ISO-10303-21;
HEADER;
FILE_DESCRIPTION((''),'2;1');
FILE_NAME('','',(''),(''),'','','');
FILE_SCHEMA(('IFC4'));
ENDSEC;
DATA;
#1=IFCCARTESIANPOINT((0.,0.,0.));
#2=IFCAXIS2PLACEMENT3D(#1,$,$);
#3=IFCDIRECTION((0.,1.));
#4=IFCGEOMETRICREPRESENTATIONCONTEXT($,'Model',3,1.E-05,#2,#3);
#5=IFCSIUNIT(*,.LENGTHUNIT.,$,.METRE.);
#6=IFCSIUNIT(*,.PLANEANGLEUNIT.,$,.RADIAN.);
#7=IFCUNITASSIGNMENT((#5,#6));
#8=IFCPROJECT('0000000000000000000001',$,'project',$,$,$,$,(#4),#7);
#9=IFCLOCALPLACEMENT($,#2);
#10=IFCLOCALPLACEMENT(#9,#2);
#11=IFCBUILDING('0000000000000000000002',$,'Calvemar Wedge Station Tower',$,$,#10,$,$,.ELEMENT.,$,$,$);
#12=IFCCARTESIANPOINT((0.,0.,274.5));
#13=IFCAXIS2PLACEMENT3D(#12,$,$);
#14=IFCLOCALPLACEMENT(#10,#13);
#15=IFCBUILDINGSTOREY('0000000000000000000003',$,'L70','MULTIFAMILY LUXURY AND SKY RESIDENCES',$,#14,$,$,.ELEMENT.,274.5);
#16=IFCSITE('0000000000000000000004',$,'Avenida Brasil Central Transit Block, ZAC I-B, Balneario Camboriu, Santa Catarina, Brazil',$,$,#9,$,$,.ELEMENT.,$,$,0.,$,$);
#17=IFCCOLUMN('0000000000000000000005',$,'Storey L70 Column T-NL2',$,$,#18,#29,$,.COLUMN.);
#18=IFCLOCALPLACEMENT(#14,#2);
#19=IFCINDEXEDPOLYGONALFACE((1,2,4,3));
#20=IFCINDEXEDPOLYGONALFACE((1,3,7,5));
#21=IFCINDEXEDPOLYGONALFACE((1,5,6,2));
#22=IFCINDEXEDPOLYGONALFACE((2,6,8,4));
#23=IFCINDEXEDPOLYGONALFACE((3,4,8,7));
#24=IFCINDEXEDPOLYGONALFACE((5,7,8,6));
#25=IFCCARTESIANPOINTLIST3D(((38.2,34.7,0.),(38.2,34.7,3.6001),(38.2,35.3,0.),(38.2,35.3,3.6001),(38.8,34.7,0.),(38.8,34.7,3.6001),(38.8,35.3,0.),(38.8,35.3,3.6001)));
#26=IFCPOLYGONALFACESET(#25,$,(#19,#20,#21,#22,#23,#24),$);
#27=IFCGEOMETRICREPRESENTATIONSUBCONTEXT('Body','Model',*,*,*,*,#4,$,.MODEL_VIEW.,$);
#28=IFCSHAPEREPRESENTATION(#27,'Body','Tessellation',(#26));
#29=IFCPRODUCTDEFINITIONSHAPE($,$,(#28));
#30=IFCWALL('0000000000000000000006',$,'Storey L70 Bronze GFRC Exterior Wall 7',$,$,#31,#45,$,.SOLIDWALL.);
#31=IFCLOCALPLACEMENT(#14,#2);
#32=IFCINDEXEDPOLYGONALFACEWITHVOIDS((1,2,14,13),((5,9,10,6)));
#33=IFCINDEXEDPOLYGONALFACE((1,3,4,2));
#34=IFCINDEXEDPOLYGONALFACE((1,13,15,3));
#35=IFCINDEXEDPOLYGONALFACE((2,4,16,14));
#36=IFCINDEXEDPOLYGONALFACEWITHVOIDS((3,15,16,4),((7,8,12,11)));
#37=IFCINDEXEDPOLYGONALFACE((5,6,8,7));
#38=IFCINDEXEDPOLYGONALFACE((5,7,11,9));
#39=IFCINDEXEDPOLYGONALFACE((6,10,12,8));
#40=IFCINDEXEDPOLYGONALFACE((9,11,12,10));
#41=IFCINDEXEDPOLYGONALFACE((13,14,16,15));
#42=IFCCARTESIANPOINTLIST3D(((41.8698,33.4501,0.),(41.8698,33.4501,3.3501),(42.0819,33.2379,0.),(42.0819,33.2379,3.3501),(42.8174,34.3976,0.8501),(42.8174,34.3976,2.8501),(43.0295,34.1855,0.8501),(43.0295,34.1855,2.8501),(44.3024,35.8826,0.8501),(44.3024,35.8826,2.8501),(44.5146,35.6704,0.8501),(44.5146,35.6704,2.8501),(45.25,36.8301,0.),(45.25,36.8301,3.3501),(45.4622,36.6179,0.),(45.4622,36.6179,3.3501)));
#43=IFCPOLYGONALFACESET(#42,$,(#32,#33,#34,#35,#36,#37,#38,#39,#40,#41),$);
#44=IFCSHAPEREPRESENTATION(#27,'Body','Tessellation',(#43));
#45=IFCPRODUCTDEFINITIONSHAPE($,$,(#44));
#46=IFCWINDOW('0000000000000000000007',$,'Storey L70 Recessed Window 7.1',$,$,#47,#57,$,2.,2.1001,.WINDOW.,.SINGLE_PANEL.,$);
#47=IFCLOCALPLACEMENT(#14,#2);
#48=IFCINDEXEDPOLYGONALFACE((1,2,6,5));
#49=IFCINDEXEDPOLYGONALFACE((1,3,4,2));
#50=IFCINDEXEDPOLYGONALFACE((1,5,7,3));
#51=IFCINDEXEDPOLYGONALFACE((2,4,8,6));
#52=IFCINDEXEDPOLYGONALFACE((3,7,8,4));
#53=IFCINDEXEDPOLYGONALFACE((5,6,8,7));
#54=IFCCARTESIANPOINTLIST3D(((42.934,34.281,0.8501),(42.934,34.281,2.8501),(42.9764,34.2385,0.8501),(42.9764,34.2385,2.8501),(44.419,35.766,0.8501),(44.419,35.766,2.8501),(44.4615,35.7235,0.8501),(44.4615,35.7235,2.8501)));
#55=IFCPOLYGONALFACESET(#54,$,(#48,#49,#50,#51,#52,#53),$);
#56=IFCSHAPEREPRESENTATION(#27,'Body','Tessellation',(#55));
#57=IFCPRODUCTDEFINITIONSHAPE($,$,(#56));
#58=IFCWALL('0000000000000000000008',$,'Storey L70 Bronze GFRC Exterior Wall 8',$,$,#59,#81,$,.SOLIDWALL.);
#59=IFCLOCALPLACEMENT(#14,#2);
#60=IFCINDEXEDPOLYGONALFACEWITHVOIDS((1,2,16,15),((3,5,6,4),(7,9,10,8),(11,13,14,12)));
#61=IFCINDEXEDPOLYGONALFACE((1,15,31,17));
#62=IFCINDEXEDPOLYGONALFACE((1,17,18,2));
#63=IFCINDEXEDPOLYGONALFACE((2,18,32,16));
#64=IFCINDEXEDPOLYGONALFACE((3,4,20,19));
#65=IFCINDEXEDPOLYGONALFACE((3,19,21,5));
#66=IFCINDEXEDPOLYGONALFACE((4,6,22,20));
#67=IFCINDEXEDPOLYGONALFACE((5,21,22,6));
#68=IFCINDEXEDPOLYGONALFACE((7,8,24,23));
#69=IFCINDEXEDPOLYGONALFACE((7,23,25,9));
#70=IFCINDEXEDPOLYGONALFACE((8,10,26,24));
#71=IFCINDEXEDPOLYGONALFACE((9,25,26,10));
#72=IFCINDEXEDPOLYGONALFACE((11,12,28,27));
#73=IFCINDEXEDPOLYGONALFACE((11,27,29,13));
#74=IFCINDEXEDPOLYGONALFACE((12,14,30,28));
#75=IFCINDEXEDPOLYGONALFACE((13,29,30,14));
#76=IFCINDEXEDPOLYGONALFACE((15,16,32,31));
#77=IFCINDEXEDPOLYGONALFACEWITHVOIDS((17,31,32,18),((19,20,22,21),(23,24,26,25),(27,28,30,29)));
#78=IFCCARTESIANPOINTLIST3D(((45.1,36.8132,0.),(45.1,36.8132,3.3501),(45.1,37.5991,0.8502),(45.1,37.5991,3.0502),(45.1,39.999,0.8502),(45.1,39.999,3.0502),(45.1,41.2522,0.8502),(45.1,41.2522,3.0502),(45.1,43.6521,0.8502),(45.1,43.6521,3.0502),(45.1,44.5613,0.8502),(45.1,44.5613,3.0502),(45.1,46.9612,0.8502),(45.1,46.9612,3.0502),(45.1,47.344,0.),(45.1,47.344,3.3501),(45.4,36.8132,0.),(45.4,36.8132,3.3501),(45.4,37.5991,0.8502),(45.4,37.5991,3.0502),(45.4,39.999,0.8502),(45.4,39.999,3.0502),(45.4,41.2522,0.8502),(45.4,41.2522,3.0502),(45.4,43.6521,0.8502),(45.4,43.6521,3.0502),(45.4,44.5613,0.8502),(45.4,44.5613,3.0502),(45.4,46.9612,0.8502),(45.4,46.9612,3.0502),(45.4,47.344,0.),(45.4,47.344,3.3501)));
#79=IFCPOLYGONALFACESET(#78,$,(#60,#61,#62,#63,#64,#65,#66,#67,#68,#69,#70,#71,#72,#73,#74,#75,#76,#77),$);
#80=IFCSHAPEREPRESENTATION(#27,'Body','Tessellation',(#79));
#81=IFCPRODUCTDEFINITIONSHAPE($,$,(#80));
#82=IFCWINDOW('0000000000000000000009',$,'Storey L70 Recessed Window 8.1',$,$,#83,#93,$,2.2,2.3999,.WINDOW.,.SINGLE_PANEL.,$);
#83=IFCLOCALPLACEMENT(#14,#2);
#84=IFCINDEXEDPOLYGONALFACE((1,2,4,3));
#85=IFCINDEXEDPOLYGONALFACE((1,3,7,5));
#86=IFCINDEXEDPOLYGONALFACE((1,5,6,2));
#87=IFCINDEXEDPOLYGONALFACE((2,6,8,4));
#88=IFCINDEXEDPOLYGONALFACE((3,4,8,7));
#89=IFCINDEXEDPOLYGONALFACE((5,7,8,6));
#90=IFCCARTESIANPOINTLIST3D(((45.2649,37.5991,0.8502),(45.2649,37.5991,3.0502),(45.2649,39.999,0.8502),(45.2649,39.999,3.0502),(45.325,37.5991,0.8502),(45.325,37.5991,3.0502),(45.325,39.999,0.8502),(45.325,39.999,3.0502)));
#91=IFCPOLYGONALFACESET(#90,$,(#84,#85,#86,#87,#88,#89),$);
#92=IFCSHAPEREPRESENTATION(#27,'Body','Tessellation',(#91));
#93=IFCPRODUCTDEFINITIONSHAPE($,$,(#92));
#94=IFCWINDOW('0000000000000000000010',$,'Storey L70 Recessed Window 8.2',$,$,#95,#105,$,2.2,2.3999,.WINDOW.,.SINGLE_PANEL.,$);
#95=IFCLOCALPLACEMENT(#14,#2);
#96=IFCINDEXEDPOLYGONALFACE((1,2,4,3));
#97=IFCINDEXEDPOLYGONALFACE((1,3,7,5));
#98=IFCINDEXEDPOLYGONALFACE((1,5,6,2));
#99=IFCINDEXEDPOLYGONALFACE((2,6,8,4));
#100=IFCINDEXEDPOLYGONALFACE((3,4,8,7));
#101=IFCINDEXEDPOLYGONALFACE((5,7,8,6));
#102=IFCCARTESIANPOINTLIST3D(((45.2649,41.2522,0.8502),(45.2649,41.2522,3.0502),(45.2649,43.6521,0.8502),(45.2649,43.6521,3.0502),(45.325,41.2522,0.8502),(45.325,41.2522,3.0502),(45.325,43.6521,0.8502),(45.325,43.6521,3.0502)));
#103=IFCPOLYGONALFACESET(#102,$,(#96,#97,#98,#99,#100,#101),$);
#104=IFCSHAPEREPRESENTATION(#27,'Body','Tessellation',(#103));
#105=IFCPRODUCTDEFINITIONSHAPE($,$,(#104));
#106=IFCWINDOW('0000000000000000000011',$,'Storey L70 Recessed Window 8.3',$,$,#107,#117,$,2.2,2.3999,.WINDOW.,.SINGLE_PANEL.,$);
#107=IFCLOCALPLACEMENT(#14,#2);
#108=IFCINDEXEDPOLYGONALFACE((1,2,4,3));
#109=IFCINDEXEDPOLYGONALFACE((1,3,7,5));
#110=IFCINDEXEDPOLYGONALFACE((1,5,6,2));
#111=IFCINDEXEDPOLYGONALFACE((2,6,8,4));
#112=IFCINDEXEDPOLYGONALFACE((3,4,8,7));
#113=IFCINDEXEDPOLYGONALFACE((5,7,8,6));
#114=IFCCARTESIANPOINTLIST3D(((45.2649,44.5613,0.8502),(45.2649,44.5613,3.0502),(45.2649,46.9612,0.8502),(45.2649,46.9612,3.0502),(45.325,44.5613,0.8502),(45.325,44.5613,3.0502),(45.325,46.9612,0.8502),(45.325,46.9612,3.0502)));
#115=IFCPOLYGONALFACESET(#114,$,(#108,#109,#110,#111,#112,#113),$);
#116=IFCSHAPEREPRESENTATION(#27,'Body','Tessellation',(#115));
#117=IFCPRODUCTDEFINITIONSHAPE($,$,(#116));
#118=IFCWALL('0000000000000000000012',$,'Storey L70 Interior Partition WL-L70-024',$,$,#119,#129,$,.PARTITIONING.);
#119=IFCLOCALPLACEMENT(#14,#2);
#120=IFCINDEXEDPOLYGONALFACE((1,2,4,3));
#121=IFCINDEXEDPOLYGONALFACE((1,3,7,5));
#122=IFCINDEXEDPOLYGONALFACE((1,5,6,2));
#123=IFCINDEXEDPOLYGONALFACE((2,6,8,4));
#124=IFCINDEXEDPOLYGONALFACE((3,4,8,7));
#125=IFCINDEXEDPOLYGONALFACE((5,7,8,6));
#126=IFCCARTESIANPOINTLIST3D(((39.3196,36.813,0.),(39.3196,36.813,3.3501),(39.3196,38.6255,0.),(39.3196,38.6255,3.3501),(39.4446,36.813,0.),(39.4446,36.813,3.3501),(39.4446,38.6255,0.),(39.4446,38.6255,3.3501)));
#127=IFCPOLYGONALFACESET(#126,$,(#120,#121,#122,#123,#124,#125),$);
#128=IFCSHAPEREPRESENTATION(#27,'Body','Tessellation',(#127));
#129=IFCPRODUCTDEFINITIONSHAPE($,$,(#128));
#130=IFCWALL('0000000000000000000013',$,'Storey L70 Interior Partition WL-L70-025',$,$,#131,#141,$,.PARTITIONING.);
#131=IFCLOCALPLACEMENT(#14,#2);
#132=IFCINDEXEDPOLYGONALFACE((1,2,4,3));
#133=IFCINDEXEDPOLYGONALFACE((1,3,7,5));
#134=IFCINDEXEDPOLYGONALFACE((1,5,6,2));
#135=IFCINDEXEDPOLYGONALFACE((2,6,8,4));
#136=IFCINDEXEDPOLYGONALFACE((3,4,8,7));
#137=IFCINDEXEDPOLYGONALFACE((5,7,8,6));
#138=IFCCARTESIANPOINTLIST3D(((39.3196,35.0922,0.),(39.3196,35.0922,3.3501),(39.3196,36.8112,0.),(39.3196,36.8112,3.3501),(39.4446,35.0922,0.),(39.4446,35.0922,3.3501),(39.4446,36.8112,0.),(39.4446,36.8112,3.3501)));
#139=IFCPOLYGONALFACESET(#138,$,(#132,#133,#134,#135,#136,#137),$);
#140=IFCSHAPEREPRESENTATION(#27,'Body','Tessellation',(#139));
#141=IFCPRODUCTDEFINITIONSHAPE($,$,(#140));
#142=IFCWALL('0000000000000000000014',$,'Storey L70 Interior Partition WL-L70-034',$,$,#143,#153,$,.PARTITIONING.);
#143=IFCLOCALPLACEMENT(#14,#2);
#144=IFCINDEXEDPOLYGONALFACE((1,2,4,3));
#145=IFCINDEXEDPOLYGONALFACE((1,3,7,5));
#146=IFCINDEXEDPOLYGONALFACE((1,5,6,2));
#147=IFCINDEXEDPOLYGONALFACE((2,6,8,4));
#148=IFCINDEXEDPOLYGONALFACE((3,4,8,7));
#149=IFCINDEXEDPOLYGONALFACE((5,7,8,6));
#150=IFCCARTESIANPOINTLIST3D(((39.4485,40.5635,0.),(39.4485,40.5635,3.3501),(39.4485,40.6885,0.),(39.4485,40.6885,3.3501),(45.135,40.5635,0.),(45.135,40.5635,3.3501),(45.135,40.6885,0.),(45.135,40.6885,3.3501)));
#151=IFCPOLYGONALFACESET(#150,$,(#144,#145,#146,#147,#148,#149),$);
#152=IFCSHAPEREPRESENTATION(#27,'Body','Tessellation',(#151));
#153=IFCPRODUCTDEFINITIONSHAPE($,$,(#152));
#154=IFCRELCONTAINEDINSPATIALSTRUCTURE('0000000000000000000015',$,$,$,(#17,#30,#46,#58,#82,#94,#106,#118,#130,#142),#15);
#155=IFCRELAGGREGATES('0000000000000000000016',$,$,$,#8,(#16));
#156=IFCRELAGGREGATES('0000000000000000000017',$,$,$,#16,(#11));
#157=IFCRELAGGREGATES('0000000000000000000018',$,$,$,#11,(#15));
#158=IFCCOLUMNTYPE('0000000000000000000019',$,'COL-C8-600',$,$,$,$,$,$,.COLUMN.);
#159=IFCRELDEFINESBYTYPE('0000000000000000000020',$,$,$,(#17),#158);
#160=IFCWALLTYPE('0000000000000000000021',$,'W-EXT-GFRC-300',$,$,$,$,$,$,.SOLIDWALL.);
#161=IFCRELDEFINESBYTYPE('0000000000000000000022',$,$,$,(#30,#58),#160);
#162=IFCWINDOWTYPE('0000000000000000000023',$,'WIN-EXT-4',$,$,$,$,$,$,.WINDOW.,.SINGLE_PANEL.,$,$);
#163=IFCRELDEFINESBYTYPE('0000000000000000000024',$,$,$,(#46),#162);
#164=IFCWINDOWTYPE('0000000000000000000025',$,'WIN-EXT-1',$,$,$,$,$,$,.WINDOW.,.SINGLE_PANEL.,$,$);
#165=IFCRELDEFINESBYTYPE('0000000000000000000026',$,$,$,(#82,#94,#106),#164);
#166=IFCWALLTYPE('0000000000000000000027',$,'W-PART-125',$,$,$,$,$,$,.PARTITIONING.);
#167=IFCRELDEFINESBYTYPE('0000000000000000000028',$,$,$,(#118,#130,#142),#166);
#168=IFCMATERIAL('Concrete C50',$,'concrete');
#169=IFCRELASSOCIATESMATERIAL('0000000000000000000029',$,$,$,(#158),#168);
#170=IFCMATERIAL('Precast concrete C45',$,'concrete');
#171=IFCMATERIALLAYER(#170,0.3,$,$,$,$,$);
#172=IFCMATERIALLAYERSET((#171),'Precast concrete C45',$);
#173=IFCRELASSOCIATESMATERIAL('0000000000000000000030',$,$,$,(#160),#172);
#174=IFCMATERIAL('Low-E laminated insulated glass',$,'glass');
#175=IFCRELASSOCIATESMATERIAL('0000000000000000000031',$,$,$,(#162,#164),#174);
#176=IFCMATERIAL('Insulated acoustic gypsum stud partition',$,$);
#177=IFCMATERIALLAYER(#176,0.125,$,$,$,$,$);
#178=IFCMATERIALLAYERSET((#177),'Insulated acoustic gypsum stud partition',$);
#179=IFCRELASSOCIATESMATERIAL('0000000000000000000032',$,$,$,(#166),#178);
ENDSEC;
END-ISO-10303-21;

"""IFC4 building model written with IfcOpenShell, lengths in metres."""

from ifc_helpers import new_model, si_unit, direction, frame, frame_2d, origin, origin_2d, place, context, subcontext, project, spatial, rectangle, extrude, source, transform, mapped, material, layer, layer_set, material_profile, profile_set, type_object, element, fill, save


model = new_model("IFC4")

# Units and contexts
model_context = context("Model", 3, precision=1e-05, world=origin(), true_north=direction((0.0, 1.0)))
body_context = subcontext(model_context, "Body", "Model", "MODEL_VIEW")
ifc_project = project(units=[si_unit("LENGTHUNIT", "METRE"), si_unit("PLANEANGLEUNIT", "RADIAN")], contexts=[model_context])

# Site, building, storey
site_placement = place(None, origin())
site = spatial("IfcSite", under=ifc_project, at=site_placement, Name="Avenida Brasil Central Transit Block, ZAC I-B, Balneario Camboriu, Santa Catarina, Brazil", CompositionType="ELEMENT", RefElevation=0.0)
building_placement = place(site_placement, origin())
building = spatial("IfcBuilding", under=site, at=building_placement, Name="Calvemar Wedge Station Tower", CompositionType="ELEMENT")
storey_placement = place(building_placement, frame((0.0, 0.0, 274.5)))
storey = spatial("IfcBuildingStorey", under=building, at=storey_placement, Name="L70", Description="MULTIFAMILY LUXURY AND SKY RESIDENCES", CompositionType="ELEMENT", Elevation=274.5)

# Column
ifc_material_1 = material(Name="Concrete C50", Category="concrete")
ifc_material_profile = material_profile(ifc_material_1, rectangle(XDim=0.6001, YDim=0.6001, at=origin_2d()), Name="RC600x600")
ifc_profile_set = profile_set([ifc_material_profile], Name="Concrete C50")
column_type = type_object("IfcColumnType", Name="COL-C8-600", PredefinedType="COLUMN", material=ifc_profile_set)
shared_shape_1 = source(origin(), body_context, "Body", "SweptSolid", [
    extrude(rectangle(XDim=0.6001, YDim=0.6001, at=origin_2d()), origin(), (0.0, 0.0, 1.0), 3.6001),
])
column_placement = place(storey_placement, frame((38.5, 35.0, 0.0), z_axis=(0.0, 0.0, 1.0), x_axis=(1.0, 0.0, 0.0)))
element("IfcColumn", 1, at=column_placement, inside=storey, type_object=column_type, Name="Storey L70 Column T-NL2", PredefinedType="COLUMN", context=body_context, shape_type="MappedRepresentation", body=[
    mapped(shared_shape_1, transform((0.0, 0.0, 0.0), scale=1.0)),
])

# Wall, opening, window
ifc_material_2 = material(Name="Precast concrete C45", Category="concrete")
ifc_layer_1 = layer(ifc_material_2, 0.3)
ifc_layer_set_1 = layer_set([ifc_layer_1], Name="Precast concrete C45")
wall_type_1 = type_object("IfcWallType", Name="W-EXT-GFRC-300", PredefinedType="SOLIDWALL", material=ifc_layer_set_1)
wall_1_placement = place(storey_placement, frame((41.9758, 33.344, 0.0), z_axis=(0.0, 0.0, 1.0), x_axis=(0.707132, 0.707081, 0.0)))
wall_1 = element("IfcWall", 2, at=wall_1_placement, inside=storey, type_object=wall_type_1, Name="Storey L70 Bronze GFRC Exterior Wall 7", PredefinedType="SOLIDWALL", context=body_context, shape_type="SweptSolid", body=[
    extrude(rectangle(XDim=4.7803, YDim=0.3, at=frame_2d((2.3901, 0.0))), origin(), (0.0, 0.0, 1.0), 3.3501),
])
shared_shape_2 = source(origin(), body_context, "Body", "SweptSolid", [
    extrude(rectangle(XDim=2.1001, YDim=2.0, at=frame_2d((1.05, 1.0))), frame((0.0, 0.1602, 0.0), z_axis=(0.0, -1.0, 0.0), x_axis=(1.0, 0.0, 0.0)), (0.0, 0.0, 1.0), 0.3201),
])
opening_1_placement = place(wall_1_placement, frame((1.3401, 0.0, 0.8501)))
opening_1 = element("IfcOpeningElement", 3, at=opening_1_placement, cuts=wall_1, PredefinedType="OPENING", context=body_context, shape_type="MappedRepresentation", body=[
    mapped(shared_shape_2, transform((0.0, 0.0, 0.0), scale=1.0)),
])
ifc_material_3 = material(Name="Low-E laminated insulated glass", Category="glass")
window_type_1 = type_object("IfcWindowType", Name="WIN-EXT-4", PartitioningType="SINGLE_PANEL", PredefinedType="WINDOW", material=ifc_material_3)
shared_shape_3 = source(origin(), body_context, "Body", "SweptSolid", [
    extrude(rectangle(XDim=2.1001, YDim=2.0, at=frame_2d((1.05, 1.0))), frame((0.0, -0.0149, 0.0), z_axis=(0.0, -1.0, 0.0), x_axis=(1.0, 0.0, 0.0)), (0.0, 0.0, 1.0), 0.0601),
])
window_1_placement = place(opening_1_placement, origin())
window_1 = element("IfcWindow", 4, at=window_1_placement, inside=storey, type_object=window_type_1, Name="Storey L70 Recessed Window 7.1", OverallHeight=2.0, OverallWidth=2.1001, PartitioningType="SINGLE_PANEL", PredefinedType="WINDOW", context=body_context, shape_type="MappedRepresentation", body=[
    mapped(shared_shape_3, transform((0.0, 0.0, 0.0), scale=1.0)),
])
fill(opening_1, window_1)

# Wall, openings, windows
wall_2_placement = place(storey_placement, frame((45.25, 36.8132, 0.0), z_axis=(0.0, 0.0, 1.0), x_axis=(0.0, 1.0, 0.0)))
wall_2 = element("IfcWall", 5, at=wall_2_placement, inside=storey, type_object=wall_type_1, Name="Storey L70 Bronze GFRC Exterior Wall 8", PredefinedType="SOLIDWALL", context=body_context, shape_type="SweptSolid", body=[
    extrude(rectangle(XDim=10.5308, YDim=0.3, at=frame_2d((5.2654, 0.0))), origin(), (0.0, 0.0, 1.0), 3.3501),
])
shared_shape_4 = source(origin(), body_context, "Body", "SweptSolid", [
    extrude(rectangle(XDim=2.3999, YDim=2.2, at=frame_2d((1.2, 1.1001))), frame((0.0, 0.1602, 0.0), z_axis=(0.0, -1.0, 0.0), x_axis=(1.0, 0.0, 0.0)), (0.0, 0.0, 1.0), 0.3201),
])
opening_2_placement = place(wall_2_placement, frame((0.7859, 0.0, 0.8501)))
opening_2 = element("IfcOpeningElement", 6, at=opening_2_placement, cuts=wall_2, PredefinedType="OPENING", context=body_context, shape_type="MappedRepresentation", body=[
    mapped(shared_shape_4, transform((0.0, 0.0, 0.0), scale=1.0)),
])
opening_3_placement = place(wall_2_placement, frame((4.439, 0.0, 0.8501)))
opening_3 = element("IfcOpeningElement", 7, at=opening_3_placement, cuts=wall_2, PredefinedType="OPENING", context=body_context, shape_type="MappedRepresentation", body=[
    mapped(shared_shape_4, transform((0.0, 0.0, 0.0), scale=1.0)),
])
opening_4_placement = place(wall_2_placement, frame((7.748, 0.0, 0.8501)))
opening_4 = element("IfcOpeningElement", 8, at=opening_4_placement, cuts=wall_2, PredefinedType="OPENING", context=body_context, shape_type="MappedRepresentation", body=[
    mapped(shared_shape_4, transform((0.0, 0.0, 0.0), scale=1.0)),
])
window_type_2 = type_object("IfcWindowType", Name="WIN-EXT-1", PartitioningType="SINGLE_PANEL", PredefinedType="WINDOW", material=ifc_material_3)
shared_shape_5 = source(origin(), body_context, "Body", "SweptSolid", [
    extrude(rectangle(XDim=2.3999, YDim=2.2, at=frame_2d((1.2, 1.1001))), frame((0.0, -0.0149, 0.0), z_axis=(0.0, -1.0, 0.0), x_axis=(1.0, 0.0, 0.0)), (0.0, 0.0, 1.0), 0.0601),
])
window_2_placement = place(opening_2_placement, origin())
window_2 = element("IfcWindow", 9, at=window_2_placement, inside=storey, type_object=window_type_2, Name="Storey L70 Recessed Window 8.1", OverallHeight=2.2, OverallWidth=2.3999, PartitioningType="SINGLE_PANEL", PredefinedType="WINDOW", context=body_context, shape_type="MappedRepresentation", body=[
    mapped(shared_shape_5, transform((0.0, 0.0, 0.0), scale=1.0)),
])
fill(opening_2, window_2)
window_3_placement = place(opening_3_placement, origin())
window_3 = element("IfcWindow", 10, at=window_3_placement, inside=storey, type_object=window_type_2, Name="Storey L70 Recessed Window 8.2", OverallHeight=2.2, OverallWidth=2.3999, PartitioningType="SINGLE_PANEL", PredefinedType="WINDOW", context=body_context, shape_type="MappedRepresentation", body=[
    mapped(shared_shape_5, transform((0.0, 0.0, 0.0), scale=1.0)),
])
fill(opening_3, window_3)
window_4_placement = place(opening_4_placement, origin())
window_4 = element("IfcWindow", 11, at=window_4_placement, inside=storey, type_object=window_type_2, Name="Storey L70 Recessed Window 8.3", OverallHeight=2.2, OverallWidth=2.3999, PartitioningType="SINGLE_PANEL", PredefinedType="WINDOW", context=body_context, shape_type="MappedRepresentation", body=[
    mapped(shared_shape_5, transform((0.0, 0.0, 0.0), scale=1.0)),
])
fill(opening_4, window_4)

# Walls
ifc_material_4 = material(Name="Insulated acoustic gypsum stud partition")
ifc_layer_2 = layer(ifc_material_4, 0.125)
ifc_layer_set_2 = layer_set([ifc_layer_2], Name="Insulated acoustic gypsum stud partition")
wall_type_2 = type_object("IfcWallType", Name="W-PART-125", PredefinedType="PARTITIONING", material=ifc_layer_set_2)
wall_3_placement = place(storey_placement, frame((39.3821, 38.6255, 0.0), z_axis=(0.0, 0.0, 1.0), x_axis=(0.0, -1.0, 0.0)))
element("IfcWall", 12, at=wall_3_placement, inside=storey, type_object=wall_type_2, Name="Storey L70 Interior Partition WL-L70-024", PredefinedType="PARTITIONING", context=body_context, shape_type="SweptSolid", body=[
    extrude(rectangle(XDim=1.8125, YDim=0.125, at=frame_2d((0.9062, 0.0))), origin(), (0.0, 0.0, 1.0), 3.3501),
])
wall_4_placement = place(storey_placement, frame((39.3821, 36.811, 0.0), z_axis=(0.0, 0.0, 1.0), x_axis=(0.0, -1.0, 0.0)))
element("IfcWall", 13, at=wall_4_placement, inside=storey, type_object=wall_type_2, Name="Storey L70 Interior Partition WL-L70-025", PredefinedType="PARTITIONING", context=body_context, shape_type="SweptSolid", body=[
    extrude(rectangle(XDim=1.719, YDim=0.125, at=frame_2d((0.8594, 0.0))), origin(), (0.0, 0.0, 1.0), 3.3501),
])

# Wall
wall_5_placement = place(storey_placement, frame((45.135, 40.626, 0.0), z_axis=(0.0, 0.0, 1.0), x_axis=(-1.0, 0.0, 0.0)))
element("IfcWall", 14, at=wall_5_placement, inside=storey, type_object=wall_type_2, Name="Storey L70 Interior Partition WL-L70-034", PredefinedType="PARTITIONING", context=body_context, shape_type="SweptSolid", body=[
    extrude(rectangle(XDim=5.6865, YDim=0.125, at=frame_2d((2.8433, 0.0))), origin(), (0.0, 0.0, 1.0), 3.3501),
])

save(model, "model.ifc")
